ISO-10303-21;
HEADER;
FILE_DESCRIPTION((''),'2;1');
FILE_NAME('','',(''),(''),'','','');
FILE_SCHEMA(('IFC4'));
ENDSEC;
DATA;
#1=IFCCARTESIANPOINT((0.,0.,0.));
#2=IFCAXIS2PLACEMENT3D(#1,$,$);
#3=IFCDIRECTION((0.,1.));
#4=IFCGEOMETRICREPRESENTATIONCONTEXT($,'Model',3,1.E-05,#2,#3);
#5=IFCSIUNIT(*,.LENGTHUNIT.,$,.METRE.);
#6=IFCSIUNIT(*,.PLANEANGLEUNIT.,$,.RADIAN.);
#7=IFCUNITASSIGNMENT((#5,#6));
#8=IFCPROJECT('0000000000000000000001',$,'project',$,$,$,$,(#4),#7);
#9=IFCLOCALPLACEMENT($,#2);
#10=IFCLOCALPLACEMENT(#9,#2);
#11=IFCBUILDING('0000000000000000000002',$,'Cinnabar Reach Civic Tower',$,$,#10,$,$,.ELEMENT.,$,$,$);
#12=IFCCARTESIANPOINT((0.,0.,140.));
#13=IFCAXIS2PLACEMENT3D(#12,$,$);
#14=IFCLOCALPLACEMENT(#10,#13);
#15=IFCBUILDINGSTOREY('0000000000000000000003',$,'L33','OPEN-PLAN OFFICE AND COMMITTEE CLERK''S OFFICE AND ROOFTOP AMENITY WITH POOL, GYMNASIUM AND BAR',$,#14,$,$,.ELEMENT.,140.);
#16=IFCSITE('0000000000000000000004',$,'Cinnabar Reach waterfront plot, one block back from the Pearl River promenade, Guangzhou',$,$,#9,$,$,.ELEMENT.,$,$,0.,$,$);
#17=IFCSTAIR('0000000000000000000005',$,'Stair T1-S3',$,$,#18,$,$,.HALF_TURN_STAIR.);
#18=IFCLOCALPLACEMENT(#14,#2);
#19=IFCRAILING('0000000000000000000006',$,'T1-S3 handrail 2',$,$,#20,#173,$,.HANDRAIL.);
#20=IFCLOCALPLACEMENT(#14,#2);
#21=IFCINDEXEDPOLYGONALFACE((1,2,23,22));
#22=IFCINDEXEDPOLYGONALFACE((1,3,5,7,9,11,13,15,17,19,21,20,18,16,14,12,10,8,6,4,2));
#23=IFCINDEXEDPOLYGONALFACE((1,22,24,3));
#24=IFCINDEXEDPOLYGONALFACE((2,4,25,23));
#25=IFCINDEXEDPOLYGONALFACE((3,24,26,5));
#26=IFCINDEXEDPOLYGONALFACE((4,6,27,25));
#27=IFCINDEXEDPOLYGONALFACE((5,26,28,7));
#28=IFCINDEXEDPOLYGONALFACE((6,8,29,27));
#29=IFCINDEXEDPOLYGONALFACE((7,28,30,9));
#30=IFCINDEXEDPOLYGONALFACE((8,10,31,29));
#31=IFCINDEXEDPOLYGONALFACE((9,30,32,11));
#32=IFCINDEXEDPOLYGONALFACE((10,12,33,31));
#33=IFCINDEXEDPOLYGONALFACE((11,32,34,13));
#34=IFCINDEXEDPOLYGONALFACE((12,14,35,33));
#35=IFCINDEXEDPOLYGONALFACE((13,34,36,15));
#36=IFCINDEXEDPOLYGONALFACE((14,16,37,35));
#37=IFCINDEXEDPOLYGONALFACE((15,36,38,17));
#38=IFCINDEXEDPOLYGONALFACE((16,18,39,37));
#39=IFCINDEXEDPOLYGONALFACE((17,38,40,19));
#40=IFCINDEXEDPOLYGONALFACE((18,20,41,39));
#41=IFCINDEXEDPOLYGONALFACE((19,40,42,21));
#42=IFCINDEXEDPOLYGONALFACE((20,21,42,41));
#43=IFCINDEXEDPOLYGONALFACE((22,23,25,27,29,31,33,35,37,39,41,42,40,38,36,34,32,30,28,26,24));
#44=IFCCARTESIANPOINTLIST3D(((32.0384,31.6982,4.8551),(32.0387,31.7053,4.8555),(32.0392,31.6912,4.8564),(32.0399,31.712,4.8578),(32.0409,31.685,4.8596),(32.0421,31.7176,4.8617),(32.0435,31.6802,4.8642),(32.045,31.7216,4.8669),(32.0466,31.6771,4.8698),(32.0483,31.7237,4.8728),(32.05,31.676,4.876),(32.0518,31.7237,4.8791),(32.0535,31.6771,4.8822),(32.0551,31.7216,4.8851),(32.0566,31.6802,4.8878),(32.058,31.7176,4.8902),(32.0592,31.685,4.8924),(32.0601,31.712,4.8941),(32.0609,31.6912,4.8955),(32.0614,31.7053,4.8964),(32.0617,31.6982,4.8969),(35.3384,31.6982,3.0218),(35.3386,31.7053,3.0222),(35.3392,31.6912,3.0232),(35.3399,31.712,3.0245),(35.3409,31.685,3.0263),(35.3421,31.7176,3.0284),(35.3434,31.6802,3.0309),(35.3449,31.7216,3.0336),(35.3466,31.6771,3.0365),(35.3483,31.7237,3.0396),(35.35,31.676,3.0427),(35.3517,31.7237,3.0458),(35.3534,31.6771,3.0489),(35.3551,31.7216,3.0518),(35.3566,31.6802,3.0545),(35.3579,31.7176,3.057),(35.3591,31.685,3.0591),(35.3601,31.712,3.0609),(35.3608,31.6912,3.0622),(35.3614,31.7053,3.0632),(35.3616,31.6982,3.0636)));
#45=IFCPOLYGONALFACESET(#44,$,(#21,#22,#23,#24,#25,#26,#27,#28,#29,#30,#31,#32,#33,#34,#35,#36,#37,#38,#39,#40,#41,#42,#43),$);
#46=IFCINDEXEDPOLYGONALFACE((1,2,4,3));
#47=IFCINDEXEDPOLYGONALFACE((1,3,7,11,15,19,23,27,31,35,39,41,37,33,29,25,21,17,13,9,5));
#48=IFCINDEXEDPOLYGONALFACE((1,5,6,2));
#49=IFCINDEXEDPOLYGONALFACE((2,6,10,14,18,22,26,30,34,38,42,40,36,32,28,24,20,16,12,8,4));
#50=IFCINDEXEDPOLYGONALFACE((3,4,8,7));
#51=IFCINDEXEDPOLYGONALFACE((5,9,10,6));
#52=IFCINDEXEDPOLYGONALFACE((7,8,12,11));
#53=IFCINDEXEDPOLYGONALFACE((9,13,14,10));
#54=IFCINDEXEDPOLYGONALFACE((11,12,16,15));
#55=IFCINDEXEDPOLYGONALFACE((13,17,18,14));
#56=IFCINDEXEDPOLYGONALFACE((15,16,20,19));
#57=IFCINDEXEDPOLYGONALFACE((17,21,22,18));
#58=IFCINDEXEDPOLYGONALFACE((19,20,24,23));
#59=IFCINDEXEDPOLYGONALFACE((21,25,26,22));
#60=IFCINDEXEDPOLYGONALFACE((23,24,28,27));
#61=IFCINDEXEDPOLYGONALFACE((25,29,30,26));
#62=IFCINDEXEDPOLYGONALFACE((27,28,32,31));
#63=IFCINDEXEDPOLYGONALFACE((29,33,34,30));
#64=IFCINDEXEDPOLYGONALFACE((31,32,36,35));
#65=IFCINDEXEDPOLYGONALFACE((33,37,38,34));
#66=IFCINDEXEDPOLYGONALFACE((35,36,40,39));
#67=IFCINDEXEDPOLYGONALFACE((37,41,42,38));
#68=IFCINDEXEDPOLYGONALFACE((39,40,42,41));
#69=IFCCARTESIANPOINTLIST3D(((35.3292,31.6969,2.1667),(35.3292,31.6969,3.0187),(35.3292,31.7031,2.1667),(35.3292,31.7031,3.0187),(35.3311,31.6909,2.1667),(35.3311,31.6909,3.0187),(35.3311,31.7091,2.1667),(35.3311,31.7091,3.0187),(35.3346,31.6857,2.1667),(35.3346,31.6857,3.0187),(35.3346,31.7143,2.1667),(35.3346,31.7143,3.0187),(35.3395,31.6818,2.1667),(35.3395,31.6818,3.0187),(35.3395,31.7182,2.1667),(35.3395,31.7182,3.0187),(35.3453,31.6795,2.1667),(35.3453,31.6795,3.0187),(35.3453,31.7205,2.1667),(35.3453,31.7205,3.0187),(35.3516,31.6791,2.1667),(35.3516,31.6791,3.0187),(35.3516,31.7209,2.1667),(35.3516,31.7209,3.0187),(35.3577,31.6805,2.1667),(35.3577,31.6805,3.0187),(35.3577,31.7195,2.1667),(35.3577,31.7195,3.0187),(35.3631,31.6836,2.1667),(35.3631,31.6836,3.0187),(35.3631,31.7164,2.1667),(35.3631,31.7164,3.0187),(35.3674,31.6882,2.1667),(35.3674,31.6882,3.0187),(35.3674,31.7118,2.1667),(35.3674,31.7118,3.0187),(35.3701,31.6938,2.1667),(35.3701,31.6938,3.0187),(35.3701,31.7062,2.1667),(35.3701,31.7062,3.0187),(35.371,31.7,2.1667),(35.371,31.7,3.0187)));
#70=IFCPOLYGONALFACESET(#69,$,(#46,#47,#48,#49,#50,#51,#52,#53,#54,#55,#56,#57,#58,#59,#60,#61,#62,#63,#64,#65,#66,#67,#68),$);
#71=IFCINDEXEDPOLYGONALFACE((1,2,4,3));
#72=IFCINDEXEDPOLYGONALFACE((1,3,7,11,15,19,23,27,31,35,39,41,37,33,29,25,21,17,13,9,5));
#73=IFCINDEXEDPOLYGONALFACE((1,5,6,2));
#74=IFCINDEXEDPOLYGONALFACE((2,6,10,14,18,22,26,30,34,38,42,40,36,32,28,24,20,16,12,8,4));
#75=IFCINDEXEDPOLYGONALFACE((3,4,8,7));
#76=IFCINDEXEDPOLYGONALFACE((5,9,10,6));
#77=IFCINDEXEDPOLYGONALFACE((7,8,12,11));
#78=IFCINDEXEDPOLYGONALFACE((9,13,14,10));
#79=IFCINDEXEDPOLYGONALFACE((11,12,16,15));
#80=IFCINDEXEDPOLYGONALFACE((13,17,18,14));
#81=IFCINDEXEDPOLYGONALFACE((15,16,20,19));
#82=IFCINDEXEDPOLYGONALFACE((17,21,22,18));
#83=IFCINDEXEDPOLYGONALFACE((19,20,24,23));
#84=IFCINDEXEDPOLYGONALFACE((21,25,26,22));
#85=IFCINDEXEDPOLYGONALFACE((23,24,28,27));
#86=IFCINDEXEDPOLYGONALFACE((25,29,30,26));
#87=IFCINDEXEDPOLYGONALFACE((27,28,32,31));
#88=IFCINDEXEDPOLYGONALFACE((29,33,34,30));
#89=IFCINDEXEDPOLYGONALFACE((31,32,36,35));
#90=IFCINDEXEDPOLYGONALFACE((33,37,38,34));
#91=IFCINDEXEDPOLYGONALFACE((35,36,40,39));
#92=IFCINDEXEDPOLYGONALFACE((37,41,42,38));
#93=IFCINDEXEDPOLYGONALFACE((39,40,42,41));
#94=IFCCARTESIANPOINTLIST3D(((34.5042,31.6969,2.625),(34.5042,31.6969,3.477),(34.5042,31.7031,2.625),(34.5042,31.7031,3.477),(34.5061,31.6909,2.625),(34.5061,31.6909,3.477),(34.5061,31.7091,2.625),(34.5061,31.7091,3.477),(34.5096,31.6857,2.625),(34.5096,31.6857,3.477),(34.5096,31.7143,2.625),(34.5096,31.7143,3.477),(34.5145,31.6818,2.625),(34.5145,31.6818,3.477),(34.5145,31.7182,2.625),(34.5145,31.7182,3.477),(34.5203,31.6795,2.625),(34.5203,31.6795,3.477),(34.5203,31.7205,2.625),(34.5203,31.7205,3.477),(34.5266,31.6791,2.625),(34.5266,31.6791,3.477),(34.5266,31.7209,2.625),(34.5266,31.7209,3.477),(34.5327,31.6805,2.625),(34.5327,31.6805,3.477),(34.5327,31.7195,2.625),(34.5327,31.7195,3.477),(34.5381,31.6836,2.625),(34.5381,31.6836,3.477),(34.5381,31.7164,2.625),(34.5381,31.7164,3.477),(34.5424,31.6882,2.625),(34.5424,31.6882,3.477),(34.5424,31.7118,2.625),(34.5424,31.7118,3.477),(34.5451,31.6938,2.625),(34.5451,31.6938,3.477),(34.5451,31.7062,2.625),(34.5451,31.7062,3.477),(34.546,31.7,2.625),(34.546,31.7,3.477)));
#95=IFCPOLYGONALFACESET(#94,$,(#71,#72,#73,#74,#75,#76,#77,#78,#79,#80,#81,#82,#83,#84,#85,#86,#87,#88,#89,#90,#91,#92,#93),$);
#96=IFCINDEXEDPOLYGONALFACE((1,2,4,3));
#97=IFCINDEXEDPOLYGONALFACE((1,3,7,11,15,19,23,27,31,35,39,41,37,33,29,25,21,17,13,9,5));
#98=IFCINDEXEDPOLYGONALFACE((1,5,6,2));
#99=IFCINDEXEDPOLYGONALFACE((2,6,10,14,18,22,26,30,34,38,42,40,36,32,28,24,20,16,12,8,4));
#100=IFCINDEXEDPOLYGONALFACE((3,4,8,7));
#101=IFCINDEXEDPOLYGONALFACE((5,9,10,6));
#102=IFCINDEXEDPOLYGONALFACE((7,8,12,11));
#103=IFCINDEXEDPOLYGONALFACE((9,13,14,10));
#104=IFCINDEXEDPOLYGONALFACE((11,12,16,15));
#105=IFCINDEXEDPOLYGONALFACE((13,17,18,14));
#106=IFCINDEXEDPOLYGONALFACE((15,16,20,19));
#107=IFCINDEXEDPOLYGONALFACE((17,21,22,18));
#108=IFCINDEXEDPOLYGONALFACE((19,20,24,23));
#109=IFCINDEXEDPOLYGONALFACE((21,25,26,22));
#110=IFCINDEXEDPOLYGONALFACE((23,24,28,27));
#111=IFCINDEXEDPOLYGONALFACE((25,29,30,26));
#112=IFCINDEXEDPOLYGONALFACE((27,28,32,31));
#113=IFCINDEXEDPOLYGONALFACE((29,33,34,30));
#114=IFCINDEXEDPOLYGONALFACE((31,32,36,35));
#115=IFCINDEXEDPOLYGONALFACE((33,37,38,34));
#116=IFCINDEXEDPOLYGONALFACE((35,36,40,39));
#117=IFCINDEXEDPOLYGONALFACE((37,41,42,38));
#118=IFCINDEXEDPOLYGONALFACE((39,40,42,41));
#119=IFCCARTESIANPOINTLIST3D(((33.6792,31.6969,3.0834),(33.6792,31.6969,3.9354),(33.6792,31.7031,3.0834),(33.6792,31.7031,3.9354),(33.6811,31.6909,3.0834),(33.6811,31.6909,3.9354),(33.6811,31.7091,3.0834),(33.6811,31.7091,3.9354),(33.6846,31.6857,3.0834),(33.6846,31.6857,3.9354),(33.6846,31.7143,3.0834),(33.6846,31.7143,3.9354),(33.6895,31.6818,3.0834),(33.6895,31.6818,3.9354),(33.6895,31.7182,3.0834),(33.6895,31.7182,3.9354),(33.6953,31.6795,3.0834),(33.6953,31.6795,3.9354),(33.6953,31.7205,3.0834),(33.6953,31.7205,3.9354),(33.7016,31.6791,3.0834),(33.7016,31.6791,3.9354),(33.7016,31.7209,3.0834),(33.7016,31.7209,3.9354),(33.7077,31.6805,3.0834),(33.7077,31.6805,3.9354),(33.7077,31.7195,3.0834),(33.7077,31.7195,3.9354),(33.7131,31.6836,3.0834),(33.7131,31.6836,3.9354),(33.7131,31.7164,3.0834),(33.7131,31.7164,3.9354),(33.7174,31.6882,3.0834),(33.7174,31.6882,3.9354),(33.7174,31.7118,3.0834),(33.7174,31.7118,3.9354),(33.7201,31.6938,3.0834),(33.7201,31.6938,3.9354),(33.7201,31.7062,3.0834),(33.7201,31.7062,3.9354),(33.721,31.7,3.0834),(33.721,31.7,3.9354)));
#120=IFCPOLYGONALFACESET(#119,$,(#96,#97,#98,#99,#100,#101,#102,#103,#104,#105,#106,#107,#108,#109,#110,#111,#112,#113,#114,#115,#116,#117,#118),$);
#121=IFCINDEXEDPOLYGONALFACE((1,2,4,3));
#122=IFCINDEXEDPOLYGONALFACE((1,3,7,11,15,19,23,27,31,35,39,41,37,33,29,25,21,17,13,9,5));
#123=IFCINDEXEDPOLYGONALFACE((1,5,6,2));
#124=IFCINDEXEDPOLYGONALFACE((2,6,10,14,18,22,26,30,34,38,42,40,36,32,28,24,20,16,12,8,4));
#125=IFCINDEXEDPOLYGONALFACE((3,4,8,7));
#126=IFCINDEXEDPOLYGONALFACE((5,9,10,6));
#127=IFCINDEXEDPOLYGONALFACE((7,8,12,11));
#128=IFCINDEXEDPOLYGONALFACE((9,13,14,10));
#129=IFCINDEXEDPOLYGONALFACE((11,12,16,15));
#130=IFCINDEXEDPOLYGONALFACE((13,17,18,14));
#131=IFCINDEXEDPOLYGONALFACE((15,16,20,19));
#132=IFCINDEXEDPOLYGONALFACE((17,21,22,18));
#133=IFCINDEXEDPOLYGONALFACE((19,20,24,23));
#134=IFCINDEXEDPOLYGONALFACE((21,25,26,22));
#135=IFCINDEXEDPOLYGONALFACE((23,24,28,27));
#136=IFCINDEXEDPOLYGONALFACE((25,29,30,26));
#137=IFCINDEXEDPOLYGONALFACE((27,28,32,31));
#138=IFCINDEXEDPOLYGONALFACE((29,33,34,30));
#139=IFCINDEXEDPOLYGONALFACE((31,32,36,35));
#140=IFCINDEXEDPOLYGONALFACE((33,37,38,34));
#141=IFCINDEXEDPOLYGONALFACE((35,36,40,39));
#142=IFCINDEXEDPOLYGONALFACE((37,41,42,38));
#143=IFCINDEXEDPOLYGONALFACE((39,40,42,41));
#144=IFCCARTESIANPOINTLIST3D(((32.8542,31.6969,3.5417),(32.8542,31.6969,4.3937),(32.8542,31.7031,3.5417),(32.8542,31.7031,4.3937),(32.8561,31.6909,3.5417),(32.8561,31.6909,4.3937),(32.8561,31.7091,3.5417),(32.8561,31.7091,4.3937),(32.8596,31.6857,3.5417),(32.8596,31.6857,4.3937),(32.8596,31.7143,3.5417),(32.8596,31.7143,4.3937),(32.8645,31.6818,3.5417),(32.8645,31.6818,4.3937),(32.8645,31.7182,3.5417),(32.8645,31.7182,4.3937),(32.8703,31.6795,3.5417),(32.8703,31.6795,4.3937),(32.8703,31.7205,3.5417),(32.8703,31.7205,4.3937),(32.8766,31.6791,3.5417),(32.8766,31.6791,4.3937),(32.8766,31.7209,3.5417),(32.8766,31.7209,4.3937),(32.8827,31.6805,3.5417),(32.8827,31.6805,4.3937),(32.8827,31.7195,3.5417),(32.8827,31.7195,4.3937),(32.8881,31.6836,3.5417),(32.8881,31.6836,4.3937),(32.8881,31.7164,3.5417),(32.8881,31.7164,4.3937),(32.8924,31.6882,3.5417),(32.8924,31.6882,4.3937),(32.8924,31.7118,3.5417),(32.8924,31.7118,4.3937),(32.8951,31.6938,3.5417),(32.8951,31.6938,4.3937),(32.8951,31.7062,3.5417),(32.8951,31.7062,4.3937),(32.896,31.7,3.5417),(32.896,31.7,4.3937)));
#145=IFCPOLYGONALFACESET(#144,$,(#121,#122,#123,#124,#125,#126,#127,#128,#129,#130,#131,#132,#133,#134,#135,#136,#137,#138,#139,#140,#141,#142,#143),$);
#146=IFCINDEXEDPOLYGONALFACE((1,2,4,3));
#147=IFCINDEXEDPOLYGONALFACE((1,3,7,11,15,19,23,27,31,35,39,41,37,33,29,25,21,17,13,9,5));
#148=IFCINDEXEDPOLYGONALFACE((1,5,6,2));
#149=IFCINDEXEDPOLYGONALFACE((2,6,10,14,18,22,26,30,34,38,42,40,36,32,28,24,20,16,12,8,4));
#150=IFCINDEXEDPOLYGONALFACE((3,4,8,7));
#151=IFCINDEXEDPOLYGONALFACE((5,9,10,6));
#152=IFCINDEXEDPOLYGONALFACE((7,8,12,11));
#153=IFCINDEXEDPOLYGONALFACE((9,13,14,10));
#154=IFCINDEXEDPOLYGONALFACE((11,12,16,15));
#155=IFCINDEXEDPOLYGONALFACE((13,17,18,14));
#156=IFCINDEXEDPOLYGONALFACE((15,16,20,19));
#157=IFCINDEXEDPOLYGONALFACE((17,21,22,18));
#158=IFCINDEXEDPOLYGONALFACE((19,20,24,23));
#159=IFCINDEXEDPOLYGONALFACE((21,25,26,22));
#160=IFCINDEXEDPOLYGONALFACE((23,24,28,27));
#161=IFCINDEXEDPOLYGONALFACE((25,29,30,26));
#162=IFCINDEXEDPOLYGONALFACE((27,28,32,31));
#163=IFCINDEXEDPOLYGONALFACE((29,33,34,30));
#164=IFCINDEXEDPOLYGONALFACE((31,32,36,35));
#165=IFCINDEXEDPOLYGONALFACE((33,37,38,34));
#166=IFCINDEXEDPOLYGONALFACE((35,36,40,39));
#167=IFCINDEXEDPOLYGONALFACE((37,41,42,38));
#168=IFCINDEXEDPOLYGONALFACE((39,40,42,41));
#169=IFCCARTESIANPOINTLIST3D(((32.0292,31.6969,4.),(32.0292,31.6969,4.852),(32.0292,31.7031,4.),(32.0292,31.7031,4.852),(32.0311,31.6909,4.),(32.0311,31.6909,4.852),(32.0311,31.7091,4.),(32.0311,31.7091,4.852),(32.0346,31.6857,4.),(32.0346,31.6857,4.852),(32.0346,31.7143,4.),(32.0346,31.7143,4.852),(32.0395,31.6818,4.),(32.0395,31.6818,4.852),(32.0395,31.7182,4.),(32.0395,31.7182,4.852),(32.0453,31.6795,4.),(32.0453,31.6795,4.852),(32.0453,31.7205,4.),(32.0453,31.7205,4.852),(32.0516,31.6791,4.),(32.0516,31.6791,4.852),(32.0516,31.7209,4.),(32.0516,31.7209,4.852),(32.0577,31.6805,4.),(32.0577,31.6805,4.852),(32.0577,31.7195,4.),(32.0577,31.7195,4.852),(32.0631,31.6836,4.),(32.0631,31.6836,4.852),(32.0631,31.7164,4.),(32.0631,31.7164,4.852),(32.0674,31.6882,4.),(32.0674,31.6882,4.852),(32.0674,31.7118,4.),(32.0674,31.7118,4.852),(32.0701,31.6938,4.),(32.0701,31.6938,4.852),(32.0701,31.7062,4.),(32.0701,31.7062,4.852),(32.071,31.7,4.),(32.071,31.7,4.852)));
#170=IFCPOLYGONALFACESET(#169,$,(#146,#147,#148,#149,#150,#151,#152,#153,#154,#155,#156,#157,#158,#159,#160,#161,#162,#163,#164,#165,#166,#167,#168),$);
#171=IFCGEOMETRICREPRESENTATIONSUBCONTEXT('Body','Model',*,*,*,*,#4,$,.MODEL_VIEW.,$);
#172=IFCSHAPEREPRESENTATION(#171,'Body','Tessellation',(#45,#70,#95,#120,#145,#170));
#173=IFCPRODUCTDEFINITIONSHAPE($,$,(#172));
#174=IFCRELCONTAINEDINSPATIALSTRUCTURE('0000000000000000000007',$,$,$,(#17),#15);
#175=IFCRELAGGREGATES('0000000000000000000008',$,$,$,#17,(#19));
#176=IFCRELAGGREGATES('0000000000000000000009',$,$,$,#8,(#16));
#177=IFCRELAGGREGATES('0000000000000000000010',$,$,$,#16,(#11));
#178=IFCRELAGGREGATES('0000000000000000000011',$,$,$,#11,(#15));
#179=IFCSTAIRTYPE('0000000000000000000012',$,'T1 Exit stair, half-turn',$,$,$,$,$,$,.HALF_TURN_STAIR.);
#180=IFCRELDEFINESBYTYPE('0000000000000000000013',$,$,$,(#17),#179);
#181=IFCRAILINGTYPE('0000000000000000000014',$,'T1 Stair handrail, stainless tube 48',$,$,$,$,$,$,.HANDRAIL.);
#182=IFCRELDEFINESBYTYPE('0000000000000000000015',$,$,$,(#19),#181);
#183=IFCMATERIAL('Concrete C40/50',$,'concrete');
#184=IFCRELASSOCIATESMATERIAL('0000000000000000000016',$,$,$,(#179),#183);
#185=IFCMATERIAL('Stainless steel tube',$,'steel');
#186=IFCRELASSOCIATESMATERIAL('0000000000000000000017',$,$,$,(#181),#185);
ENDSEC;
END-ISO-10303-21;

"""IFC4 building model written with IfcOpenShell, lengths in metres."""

from ifc_helpers import new_model, si_unit, direction, frame, origin, origin_2d, place, context, subcontext, project, spatial, circle, extrude, material, type_object, element, aggregate, save


model = new_model("IFC4")

# Units and contexts
model_context = context("Model", 3, precision=1e-05, world=origin(), true_north=direction((0.0, 1.0)))
body_context = subcontext(model_context, "Body", "Model", "MODEL_VIEW")
ifc_project = project(units=[si_unit("LENGTHUNIT", "METRE"), si_unit("PLANEANGLEUNIT", "RADIAN")], contexts=[model_context])

# Site, building, storey
site_placement = place(None, origin())
site = spatial("IfcSite", under=ifc_project, at=site_placement, Name="Cinnabar Reach waterfront plot, one block back from the Pearl River promenade, Guangzhou", CompositionType="ELEMENT", RefElevation=0.0)
building_placement = place(site_placement, origin())
building = spatial("IfcBuilding", under=site, at=building_placement, Name="Cinnabar Reach Civic Tower", CompositionType="ELEMENT")
storey_placement = place(building_placement, frame((0.0, 0.0, 140.0)))
storey = spatial("IfcBuildingStorey", under=building, at=storey_placement, Name="L33", Description="OPEN-PLAN OFFICE AND COMMITTEE CLERK'S OFFICE AND ROOFTOP AMENITY WITH POOL, GYMNASIUM AND BAR", CompositionType="ELEMENT", Elevation=140.0)

# Stair, railing
ifc_material_1 = material(Name="Concrete C40/50", Category="concrete")
stair_type = type_object("IfcStairType", Name="T1 Exit stair, half-turn", PredefinedType="HALF_TURN_STAIR", material=ifc_material_1)
stair_placement = place(storey_placement, origin())
stair = element("IfcStair", 1, at=stair_placement, inside=storey, type_object=stair_type, Name="Stair T1-S3", PredefinedType="HALF_TURN_STAIR")
ifc_material_2 = material(Name="Stainless steel tube", Category="steel")
railing_type = type_object("IfcRailingType", Name="T1 Stair handrail, stainless tube 48", PredefinedType="HANDRAIL", material=ifc_material_2)
railing_1_placement = place(storey_placement, frame((35.35, 31.7, 2.1667)))
railing_1 = element("IfcRailing", 2, at=railing_1_placement, type_object=railing_type, Name="T1-S3 handrail 2", PredefinedType="HANDRAIL", context=body_context, shape_type="SweptSolid", body=[
    extrude(circle(Radius=0.024, at=origin_2d()), frame((0.0, 0.0, 0.876), z_axis=(-0.874161, 0.0, 0.485636), x_axis=(0.0, -1.0, 0.0)), (0.0, 0.0, 1.0), 3.775),
    extrude(circle(Radius=0.021, at=origin_2d()), origin(), (0.0, 0.0, 1.0), 0.852),
    extrude(circle(Radius=0.021, at=origin_2d()), frame((-0.825, 0.0, 0.4583)), (0.0, 0.0, 1.0), 0.852),
    extrude(circle(Radius=0.021, at=origin_2d()), frame((-1.65, 0.0, 0.9167)), (0.0, 0.0, 1.0), 0.852),
    extrude(circle(Radius=0.021, at=origin_2d()), frame((-2.475, 0.0, 1.375)), (0.0, 0.0, 1.0), 0.852),
    extrude(circle(Radius=0.021, at=origin_2d()), frame((-3.3, 0.0, 1.8333)), (0.0, 0.0, 1.0), 0.852),
])
aggregate(stair, [railing_1])

save(model, "model.ifc")
